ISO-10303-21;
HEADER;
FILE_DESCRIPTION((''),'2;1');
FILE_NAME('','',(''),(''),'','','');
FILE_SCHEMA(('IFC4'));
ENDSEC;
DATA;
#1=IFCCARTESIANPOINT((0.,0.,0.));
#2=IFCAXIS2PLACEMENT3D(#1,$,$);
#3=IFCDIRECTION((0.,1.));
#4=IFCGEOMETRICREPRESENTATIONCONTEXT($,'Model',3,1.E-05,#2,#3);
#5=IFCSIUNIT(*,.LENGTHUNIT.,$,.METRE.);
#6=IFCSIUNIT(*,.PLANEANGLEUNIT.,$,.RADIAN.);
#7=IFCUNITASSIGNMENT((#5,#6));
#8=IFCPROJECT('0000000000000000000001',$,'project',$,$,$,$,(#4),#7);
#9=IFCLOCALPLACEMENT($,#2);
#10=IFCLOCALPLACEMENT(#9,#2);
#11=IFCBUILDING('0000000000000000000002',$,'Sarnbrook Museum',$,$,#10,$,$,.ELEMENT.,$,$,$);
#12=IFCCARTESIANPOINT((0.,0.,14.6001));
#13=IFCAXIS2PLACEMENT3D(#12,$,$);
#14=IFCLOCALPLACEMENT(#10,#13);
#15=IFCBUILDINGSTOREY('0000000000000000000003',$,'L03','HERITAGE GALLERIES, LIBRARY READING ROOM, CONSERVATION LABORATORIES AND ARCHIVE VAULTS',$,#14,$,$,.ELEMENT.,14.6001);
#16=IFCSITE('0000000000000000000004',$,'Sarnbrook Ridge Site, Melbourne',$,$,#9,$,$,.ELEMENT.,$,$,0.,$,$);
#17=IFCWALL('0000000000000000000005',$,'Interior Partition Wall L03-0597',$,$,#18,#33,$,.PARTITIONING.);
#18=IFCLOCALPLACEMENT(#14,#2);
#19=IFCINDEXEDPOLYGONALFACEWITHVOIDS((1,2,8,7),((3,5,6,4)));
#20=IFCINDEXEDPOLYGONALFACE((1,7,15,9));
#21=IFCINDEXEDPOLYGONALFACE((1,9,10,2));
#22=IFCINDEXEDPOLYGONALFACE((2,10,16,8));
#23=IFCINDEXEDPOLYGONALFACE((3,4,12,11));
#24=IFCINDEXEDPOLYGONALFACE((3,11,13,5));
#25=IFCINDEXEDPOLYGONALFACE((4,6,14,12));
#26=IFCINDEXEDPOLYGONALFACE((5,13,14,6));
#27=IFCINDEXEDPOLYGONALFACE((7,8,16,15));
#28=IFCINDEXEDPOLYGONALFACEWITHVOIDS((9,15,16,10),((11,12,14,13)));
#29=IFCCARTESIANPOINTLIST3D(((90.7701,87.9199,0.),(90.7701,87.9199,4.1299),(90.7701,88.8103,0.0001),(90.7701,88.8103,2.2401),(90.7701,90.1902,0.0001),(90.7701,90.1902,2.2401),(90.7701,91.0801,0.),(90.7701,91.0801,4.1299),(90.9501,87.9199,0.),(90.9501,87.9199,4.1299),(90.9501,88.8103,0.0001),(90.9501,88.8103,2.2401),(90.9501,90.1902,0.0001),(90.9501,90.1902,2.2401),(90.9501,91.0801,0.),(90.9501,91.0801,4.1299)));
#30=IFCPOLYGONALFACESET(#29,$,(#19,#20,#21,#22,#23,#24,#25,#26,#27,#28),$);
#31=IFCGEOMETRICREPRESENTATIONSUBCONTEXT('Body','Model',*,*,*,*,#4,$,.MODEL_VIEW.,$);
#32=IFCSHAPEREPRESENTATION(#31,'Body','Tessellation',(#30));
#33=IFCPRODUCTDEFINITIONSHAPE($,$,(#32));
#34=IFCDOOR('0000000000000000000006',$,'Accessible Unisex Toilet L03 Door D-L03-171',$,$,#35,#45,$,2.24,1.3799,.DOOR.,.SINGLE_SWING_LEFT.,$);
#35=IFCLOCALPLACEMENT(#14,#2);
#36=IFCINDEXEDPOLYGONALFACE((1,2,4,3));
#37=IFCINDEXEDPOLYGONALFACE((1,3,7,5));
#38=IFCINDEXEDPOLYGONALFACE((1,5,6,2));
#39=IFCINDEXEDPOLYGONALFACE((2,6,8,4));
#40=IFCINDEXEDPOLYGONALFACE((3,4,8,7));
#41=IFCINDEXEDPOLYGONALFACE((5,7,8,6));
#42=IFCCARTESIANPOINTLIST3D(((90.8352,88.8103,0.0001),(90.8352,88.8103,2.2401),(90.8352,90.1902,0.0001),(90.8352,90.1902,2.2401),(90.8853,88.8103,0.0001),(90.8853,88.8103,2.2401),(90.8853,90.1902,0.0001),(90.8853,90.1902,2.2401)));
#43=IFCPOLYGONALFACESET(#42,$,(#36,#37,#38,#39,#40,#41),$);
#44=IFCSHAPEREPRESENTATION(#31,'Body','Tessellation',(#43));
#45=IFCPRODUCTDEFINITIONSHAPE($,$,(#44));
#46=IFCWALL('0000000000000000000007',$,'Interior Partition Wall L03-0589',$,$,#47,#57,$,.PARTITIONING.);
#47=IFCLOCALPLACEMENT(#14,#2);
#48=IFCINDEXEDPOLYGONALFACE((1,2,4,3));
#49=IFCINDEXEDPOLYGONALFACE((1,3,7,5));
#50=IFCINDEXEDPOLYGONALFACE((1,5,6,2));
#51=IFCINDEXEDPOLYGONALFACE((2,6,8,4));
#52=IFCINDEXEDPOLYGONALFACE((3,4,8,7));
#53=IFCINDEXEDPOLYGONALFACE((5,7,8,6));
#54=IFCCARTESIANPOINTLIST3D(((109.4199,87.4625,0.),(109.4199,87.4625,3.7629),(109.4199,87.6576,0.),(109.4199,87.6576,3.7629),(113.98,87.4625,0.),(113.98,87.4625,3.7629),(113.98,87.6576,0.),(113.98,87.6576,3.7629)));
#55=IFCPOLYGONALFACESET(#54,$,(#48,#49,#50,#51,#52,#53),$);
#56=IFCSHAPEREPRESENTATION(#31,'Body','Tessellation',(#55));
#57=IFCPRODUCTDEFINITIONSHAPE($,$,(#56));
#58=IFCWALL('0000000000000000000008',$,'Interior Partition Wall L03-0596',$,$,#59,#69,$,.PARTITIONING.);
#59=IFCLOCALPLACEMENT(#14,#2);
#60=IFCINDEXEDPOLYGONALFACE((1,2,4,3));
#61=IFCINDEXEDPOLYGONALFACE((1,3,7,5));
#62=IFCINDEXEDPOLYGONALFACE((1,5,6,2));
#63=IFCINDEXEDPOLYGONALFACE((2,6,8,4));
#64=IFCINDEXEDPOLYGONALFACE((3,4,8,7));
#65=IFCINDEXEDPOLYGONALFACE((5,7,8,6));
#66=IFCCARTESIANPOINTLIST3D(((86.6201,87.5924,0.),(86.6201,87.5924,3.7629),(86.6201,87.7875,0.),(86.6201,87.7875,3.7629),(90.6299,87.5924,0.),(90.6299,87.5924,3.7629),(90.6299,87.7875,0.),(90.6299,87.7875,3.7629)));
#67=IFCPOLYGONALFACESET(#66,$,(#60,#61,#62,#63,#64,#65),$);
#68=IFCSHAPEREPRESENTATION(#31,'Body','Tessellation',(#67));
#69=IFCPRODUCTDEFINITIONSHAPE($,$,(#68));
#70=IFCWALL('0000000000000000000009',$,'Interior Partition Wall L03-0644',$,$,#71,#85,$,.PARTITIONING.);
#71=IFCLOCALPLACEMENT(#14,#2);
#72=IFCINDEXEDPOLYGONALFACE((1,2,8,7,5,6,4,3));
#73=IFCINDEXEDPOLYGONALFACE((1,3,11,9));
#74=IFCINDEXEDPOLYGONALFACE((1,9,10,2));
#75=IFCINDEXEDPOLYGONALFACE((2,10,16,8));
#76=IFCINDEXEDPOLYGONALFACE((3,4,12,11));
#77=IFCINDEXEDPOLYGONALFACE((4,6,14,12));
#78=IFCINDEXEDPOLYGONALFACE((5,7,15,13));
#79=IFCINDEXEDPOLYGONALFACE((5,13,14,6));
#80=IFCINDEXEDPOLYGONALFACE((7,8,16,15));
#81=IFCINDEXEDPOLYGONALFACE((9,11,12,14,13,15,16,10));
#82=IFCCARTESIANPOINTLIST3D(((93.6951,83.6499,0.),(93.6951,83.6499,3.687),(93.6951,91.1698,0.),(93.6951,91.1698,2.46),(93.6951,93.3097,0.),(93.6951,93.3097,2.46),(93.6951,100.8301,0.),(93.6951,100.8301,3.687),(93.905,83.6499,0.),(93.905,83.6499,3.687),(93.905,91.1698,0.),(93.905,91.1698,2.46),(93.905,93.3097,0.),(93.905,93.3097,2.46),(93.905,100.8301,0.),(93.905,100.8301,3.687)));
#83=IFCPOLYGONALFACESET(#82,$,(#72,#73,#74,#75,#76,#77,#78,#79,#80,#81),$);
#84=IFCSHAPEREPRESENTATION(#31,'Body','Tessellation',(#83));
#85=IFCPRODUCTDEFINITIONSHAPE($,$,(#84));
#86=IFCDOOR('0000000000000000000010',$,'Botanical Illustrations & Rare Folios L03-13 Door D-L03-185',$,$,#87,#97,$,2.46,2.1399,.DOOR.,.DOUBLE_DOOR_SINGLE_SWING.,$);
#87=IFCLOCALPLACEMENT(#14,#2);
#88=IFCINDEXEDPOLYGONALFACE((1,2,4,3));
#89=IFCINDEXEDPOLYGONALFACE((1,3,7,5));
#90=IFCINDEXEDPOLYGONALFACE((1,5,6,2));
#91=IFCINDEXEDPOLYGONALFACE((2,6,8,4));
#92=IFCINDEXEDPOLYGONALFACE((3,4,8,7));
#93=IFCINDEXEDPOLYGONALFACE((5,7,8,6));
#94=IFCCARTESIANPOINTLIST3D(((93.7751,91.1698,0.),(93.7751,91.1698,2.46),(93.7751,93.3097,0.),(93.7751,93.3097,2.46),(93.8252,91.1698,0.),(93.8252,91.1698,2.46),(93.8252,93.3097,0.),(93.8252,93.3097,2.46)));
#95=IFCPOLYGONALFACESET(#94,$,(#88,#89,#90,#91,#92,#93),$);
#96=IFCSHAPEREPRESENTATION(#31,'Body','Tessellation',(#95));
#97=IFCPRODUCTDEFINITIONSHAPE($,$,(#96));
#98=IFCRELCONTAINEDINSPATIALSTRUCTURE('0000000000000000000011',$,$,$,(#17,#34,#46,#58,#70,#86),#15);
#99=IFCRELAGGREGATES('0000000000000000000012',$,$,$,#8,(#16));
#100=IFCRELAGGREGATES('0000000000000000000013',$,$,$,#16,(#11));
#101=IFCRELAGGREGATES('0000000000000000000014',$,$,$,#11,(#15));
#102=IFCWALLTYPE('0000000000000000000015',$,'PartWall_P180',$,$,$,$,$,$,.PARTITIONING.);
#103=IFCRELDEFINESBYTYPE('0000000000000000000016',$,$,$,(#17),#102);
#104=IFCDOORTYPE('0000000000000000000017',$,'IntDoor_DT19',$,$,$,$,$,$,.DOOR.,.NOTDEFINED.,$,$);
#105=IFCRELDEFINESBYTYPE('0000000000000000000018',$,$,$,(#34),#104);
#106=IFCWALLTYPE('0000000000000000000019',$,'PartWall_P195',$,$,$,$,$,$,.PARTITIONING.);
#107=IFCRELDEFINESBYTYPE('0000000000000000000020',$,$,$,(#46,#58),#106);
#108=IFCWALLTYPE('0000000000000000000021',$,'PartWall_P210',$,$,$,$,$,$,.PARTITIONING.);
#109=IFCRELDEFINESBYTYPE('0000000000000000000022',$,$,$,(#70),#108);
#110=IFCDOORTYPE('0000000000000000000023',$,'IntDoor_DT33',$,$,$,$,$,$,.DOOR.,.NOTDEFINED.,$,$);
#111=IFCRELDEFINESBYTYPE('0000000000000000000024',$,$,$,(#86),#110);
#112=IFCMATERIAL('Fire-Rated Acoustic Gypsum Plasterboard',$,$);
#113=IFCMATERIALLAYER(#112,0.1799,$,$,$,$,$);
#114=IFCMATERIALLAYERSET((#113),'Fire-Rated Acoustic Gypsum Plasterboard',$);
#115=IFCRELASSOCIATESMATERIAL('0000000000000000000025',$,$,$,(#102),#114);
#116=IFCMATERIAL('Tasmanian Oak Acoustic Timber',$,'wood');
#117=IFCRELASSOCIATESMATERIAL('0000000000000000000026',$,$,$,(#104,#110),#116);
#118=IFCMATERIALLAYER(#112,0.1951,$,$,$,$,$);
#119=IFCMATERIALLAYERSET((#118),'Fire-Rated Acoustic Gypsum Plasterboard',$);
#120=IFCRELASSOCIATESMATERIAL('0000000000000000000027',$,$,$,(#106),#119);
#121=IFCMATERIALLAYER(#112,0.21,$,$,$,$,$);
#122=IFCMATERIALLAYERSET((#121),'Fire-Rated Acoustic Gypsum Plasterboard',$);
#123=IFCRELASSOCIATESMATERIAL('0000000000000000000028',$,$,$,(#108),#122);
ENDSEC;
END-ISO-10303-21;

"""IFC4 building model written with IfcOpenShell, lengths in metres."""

from ifc_helpers import new_model, si_unit, direction, frame, frame_2d, origin, place, context, subcontext, project, spatial, rectangle, extrude, material, layer, layer_set, type_object, element, fill, save


model = new_model("IFC4")

# Units and contexts
model_context = context("Model", 3, precision=1e-05, world=origin(), true_north=direction((0.0, 1.0)))
body_context = subcontext(model_context, "Body", "Model", "MODEL_VIEW")
ifc_project = project(units=[si_unit("LENGTHUNIT", "METRE"), si_unit("PLANEANGLEUNIT", "RADIAN")], contexts=[model_context])

# Site, building, storey
site_placement = place(None, origin())
site = spatial("IfcSite", under=ifc_project, at=site_placement, Name="Sarnbrook Ridge Site, Melbourne", CompositionType="ELEMENT", RefElevation=0.0)
building_placement = place(site_placement, origin())
building = spatial("IfcBuilding", under=site, at=building_placement, Name="Sarnbrook Museum", CompositionType="ELEMENT")
storey_placement = place(building_placement, frame((0.0, 0.0, 14.6001)))
storey = spatial("IfcBuildingStorey", under=building, at=storey_placement, Name="L03", Description="HERITAGE GALLERIES, LIBRARY READING ROOM, CONSERVATION LABORATORIES AND ARCHIVE VAULTS", CompositionType="ELEMENT", Elevation=14.6001)

# Shared definitions
ifc_material_1 = material(Name="Fire-Rated Acoustic Gypsum Plasterboard")

# Wall, opening, door
ifc_material_2 = material(Name="Tasmanian Oak Acoustic Timber", Category="wood")
ifc_layer_1 = layer(ifc_material_1, 0.1799)
ifc_layer_set_1 = layer_set([ifc_layer_1], Name="Fire-Rated Acoustic Gypsum Plasterboard")
wall_type_1 = type_object("IfcWallType", Name="PartWall_P180", PredefinedType="PARTITIONING", material=ifc_layer_set_1)
wall_1_placement = place(storey_placement, frame((90.8601, 91.0801, 0.0), z_axis=(0.0, 0.0, 1.0), x_axis=(0.0, -1.0, 0.0)))
wall_1 = element("IfcWall", 1, at=wall_1_placement, inside=storey, type_object=wall_type_1, Name="Interior Partition Wall L03-0597", PredefinedType="PARTITIONING", context=body_context, shape_type="SweptSolid", body=[
    extrude(rectangle(XDim=3.1602, YDim=0.1799, at=frame_2d((1.5801, 0.0))), origin(), (0.0, 0.0, 1.0), 4.1299),
])
opening_1_placement = place(wall_1_placement, frame((0.8899, 0.0, 0.0)))
opening_1 = element("IfcOpeningElement", 2, at=opening_1_placement, cuts=wall_1, PredefinedType="OPENING", context=body_context, shape_type="SweptSolid", body=[
    extrude(rectangle(XDim=1.3799, YDim=2.24, at=frame_2d((0.6899, 1.1201))), frame((0.0, 0.1001, 0.0), z_axis=(0.0, -1.0, 0.0), x_axis=(1.0, 0.0, 0.0)), (0.0, 0.0, 1.0), 0.2),
])
door_type_1 = type_object("IfcDoorType", Name="IntDoor_DT19", OperationType="NOTDEFINED", PredefinedType="DOOR", material=ifc_material_2)
door_1_placement = place(opening_1_placement, frame((1.3799, 0.0, 0.0), z_axis=(0.0, 0.0, 1.0), x_axis=(-1.0, 0.0, 0.0)))
door_1 = element("IfcDoor", 3, at=door_1_placement, inside=storey, type_object=door_type_1, Name="Accessible Unisex Toilet L03 Door D-L03-171", OperationType="SINGLE_SWING_LEFT", OverallHeight=2.24, OverallWidth=1.3799, PredefinedType="DOOR", context=body_context, shape_type="SweptSolid", body=[
    extrude(rectangle(XDim=1.3799, YDim=2.24, at=frame_2d((0.6899, 1.1201))), frame((0.0, 0.0249, 0.0), z_axis=(0.0, -1.0, 0.0), x_axis=(1.0, 0.0, 0.0)), (0.0, 0.0, 1.0), 0.05),
])
fill(opening_1, door_1)

# Walls
ifc_layer_2 = layer(ifc_material_1, 0.1951)
ifc_layer_set_2 = layer_set([ifc_layer_2], Name="Fire-Rated Acoustic Gypsum Plasterboard")
wall_type_2 = type_object("IfcWallType", Name="PartWall_P195", PredefinedType="PARTITIONING", material=ifc_layer_set_2)
wall_2_placement = place(storey_placement, frame((109.4199, 87.5601, 0.0), z_axis=(0.0, 0.0, 1.0), x_axis=(1.0, 0.0, 0.0)))
element("IfcWall", 4, at=wall_2_placement, inside=storey, type_object=wall_type_2, Name="Interior Partition Wall L03-0589", PredefinedType="PARTITIONING", context=body_context, shape_type="SweptSolid", body=[
    extrude(rectangle(XDim=4.5601, YDim=0.1951, at=frame_2d((2.28, 0.0))), origin(), (0.0, 0.0, 1.0), 3.7629),
])
wall_3_placement = place(storey_placement, frame((90.6299, 87.6899, 0.0), z_axis=(0.0, 0.0, 1.0), x_axis=(-1.0, 0.0, 0.0)))
element("IfcWall", 5, at=wall_3_placement, inside=storey, type_object=wall_type_2, Name="Interior Partition Wall L03-0596", PredefinedType="PARTITIONING", context=body_context, shape_type="SweptSolid", body=[
    extrude(rectangle(XDim=4.0098, YDim=0.1951, at=frame_2d((2.0049, 0.0))), origin(), (0.0, 0.0, 1.0), 3.7629),
])

# Wall, opening, door
ifc_layer_3 = layer(ifc_material_1, 0.21)
ifc_layer_set_3 = layer_set([ifc_layer_3], Name="Fire-Rated Acoustic Gypsum Plasterboard")
wall_type_3 = type_object("IfcWallType", Name="PartWall_P210", PredefinedType="PARTITIONING", material=ifc_layer_set_3)
wall_4_placement = place(storey_placement, frame((93.8, 83.6499, 0.0), z_axis=(0.0, 0.0, 1.0), x_axis=(0.0, 1.0, 0.0)))
wall_4 = element("IfcWall", 6, at=wall_4_placement, inside=storey, type_object=wall_type_3, Name="Interior Partition Wall L03-0644", PredefinedType="PARTITIONING", context=body_context, shape_type="SweptSolid", body=[
    extrude(rectangle(XDim=17.1802, YDim=0.21, at=frame_2d((8.5901, 0.0))), origin(), (0.0, 0.0, 1.0), 3.687),
])
opening_2_placement = place(wall_4_placement, frame((7.52, 0.0, 0.0)))
opening_2 = element("IfcOpeningElement", 7, at=opening_2_placement, cuts=wall_4, PredefinedType="OPENING", context=body_context, shape_type="SweptSolid", body=[
    extrude(rectangle(XDim=2.1399, YDim=2.46, at=frame_2d((1.0698, 1.23))), frame((0.0, 0.115, 0.0), z_axis=(0.0, -1.0, 0.0), x_axis=(1.0, 0.0, 0.0)), (0.0, 0.0, 1.0), 0.23),
])
door_type_2 = type_object("IfcDoorType", Name="IntDoor_DT33", OperationType="NOTDEFINED", PredefinedType="DOOR", material=ifc_material_2)
door_2_placement = place(opening_2_placement, origin())
door_2 = element("IfcDoor", 8, at=door_2_placement, inside=storey, type_object=door_type_2, Name="Botanical Illustrations & Rare Folios L03-13 Door D-L03-185", OperationType="DOUBLE_DOOR_SINGLE_SWING", OverallHeight=2.46, OverallWidth=2.1399, PredefinedType="DOOR", context=body_context, shape_type="SweptSolid", body=[
    extrude(rectangle(XDim=2.1399, YDim=2.46, at=frame_2d((1.0698, 1.23))), frame((0.0, 0.0249, 0.0), z_axis=(0.0, -1.0, 0.0), x_axis=(1.0, 0.0, 0.0)), (0.0, 0.0, 1.0), 0.05),
])
fill(opening_2, door_2)

save(model, "model.ifc")
